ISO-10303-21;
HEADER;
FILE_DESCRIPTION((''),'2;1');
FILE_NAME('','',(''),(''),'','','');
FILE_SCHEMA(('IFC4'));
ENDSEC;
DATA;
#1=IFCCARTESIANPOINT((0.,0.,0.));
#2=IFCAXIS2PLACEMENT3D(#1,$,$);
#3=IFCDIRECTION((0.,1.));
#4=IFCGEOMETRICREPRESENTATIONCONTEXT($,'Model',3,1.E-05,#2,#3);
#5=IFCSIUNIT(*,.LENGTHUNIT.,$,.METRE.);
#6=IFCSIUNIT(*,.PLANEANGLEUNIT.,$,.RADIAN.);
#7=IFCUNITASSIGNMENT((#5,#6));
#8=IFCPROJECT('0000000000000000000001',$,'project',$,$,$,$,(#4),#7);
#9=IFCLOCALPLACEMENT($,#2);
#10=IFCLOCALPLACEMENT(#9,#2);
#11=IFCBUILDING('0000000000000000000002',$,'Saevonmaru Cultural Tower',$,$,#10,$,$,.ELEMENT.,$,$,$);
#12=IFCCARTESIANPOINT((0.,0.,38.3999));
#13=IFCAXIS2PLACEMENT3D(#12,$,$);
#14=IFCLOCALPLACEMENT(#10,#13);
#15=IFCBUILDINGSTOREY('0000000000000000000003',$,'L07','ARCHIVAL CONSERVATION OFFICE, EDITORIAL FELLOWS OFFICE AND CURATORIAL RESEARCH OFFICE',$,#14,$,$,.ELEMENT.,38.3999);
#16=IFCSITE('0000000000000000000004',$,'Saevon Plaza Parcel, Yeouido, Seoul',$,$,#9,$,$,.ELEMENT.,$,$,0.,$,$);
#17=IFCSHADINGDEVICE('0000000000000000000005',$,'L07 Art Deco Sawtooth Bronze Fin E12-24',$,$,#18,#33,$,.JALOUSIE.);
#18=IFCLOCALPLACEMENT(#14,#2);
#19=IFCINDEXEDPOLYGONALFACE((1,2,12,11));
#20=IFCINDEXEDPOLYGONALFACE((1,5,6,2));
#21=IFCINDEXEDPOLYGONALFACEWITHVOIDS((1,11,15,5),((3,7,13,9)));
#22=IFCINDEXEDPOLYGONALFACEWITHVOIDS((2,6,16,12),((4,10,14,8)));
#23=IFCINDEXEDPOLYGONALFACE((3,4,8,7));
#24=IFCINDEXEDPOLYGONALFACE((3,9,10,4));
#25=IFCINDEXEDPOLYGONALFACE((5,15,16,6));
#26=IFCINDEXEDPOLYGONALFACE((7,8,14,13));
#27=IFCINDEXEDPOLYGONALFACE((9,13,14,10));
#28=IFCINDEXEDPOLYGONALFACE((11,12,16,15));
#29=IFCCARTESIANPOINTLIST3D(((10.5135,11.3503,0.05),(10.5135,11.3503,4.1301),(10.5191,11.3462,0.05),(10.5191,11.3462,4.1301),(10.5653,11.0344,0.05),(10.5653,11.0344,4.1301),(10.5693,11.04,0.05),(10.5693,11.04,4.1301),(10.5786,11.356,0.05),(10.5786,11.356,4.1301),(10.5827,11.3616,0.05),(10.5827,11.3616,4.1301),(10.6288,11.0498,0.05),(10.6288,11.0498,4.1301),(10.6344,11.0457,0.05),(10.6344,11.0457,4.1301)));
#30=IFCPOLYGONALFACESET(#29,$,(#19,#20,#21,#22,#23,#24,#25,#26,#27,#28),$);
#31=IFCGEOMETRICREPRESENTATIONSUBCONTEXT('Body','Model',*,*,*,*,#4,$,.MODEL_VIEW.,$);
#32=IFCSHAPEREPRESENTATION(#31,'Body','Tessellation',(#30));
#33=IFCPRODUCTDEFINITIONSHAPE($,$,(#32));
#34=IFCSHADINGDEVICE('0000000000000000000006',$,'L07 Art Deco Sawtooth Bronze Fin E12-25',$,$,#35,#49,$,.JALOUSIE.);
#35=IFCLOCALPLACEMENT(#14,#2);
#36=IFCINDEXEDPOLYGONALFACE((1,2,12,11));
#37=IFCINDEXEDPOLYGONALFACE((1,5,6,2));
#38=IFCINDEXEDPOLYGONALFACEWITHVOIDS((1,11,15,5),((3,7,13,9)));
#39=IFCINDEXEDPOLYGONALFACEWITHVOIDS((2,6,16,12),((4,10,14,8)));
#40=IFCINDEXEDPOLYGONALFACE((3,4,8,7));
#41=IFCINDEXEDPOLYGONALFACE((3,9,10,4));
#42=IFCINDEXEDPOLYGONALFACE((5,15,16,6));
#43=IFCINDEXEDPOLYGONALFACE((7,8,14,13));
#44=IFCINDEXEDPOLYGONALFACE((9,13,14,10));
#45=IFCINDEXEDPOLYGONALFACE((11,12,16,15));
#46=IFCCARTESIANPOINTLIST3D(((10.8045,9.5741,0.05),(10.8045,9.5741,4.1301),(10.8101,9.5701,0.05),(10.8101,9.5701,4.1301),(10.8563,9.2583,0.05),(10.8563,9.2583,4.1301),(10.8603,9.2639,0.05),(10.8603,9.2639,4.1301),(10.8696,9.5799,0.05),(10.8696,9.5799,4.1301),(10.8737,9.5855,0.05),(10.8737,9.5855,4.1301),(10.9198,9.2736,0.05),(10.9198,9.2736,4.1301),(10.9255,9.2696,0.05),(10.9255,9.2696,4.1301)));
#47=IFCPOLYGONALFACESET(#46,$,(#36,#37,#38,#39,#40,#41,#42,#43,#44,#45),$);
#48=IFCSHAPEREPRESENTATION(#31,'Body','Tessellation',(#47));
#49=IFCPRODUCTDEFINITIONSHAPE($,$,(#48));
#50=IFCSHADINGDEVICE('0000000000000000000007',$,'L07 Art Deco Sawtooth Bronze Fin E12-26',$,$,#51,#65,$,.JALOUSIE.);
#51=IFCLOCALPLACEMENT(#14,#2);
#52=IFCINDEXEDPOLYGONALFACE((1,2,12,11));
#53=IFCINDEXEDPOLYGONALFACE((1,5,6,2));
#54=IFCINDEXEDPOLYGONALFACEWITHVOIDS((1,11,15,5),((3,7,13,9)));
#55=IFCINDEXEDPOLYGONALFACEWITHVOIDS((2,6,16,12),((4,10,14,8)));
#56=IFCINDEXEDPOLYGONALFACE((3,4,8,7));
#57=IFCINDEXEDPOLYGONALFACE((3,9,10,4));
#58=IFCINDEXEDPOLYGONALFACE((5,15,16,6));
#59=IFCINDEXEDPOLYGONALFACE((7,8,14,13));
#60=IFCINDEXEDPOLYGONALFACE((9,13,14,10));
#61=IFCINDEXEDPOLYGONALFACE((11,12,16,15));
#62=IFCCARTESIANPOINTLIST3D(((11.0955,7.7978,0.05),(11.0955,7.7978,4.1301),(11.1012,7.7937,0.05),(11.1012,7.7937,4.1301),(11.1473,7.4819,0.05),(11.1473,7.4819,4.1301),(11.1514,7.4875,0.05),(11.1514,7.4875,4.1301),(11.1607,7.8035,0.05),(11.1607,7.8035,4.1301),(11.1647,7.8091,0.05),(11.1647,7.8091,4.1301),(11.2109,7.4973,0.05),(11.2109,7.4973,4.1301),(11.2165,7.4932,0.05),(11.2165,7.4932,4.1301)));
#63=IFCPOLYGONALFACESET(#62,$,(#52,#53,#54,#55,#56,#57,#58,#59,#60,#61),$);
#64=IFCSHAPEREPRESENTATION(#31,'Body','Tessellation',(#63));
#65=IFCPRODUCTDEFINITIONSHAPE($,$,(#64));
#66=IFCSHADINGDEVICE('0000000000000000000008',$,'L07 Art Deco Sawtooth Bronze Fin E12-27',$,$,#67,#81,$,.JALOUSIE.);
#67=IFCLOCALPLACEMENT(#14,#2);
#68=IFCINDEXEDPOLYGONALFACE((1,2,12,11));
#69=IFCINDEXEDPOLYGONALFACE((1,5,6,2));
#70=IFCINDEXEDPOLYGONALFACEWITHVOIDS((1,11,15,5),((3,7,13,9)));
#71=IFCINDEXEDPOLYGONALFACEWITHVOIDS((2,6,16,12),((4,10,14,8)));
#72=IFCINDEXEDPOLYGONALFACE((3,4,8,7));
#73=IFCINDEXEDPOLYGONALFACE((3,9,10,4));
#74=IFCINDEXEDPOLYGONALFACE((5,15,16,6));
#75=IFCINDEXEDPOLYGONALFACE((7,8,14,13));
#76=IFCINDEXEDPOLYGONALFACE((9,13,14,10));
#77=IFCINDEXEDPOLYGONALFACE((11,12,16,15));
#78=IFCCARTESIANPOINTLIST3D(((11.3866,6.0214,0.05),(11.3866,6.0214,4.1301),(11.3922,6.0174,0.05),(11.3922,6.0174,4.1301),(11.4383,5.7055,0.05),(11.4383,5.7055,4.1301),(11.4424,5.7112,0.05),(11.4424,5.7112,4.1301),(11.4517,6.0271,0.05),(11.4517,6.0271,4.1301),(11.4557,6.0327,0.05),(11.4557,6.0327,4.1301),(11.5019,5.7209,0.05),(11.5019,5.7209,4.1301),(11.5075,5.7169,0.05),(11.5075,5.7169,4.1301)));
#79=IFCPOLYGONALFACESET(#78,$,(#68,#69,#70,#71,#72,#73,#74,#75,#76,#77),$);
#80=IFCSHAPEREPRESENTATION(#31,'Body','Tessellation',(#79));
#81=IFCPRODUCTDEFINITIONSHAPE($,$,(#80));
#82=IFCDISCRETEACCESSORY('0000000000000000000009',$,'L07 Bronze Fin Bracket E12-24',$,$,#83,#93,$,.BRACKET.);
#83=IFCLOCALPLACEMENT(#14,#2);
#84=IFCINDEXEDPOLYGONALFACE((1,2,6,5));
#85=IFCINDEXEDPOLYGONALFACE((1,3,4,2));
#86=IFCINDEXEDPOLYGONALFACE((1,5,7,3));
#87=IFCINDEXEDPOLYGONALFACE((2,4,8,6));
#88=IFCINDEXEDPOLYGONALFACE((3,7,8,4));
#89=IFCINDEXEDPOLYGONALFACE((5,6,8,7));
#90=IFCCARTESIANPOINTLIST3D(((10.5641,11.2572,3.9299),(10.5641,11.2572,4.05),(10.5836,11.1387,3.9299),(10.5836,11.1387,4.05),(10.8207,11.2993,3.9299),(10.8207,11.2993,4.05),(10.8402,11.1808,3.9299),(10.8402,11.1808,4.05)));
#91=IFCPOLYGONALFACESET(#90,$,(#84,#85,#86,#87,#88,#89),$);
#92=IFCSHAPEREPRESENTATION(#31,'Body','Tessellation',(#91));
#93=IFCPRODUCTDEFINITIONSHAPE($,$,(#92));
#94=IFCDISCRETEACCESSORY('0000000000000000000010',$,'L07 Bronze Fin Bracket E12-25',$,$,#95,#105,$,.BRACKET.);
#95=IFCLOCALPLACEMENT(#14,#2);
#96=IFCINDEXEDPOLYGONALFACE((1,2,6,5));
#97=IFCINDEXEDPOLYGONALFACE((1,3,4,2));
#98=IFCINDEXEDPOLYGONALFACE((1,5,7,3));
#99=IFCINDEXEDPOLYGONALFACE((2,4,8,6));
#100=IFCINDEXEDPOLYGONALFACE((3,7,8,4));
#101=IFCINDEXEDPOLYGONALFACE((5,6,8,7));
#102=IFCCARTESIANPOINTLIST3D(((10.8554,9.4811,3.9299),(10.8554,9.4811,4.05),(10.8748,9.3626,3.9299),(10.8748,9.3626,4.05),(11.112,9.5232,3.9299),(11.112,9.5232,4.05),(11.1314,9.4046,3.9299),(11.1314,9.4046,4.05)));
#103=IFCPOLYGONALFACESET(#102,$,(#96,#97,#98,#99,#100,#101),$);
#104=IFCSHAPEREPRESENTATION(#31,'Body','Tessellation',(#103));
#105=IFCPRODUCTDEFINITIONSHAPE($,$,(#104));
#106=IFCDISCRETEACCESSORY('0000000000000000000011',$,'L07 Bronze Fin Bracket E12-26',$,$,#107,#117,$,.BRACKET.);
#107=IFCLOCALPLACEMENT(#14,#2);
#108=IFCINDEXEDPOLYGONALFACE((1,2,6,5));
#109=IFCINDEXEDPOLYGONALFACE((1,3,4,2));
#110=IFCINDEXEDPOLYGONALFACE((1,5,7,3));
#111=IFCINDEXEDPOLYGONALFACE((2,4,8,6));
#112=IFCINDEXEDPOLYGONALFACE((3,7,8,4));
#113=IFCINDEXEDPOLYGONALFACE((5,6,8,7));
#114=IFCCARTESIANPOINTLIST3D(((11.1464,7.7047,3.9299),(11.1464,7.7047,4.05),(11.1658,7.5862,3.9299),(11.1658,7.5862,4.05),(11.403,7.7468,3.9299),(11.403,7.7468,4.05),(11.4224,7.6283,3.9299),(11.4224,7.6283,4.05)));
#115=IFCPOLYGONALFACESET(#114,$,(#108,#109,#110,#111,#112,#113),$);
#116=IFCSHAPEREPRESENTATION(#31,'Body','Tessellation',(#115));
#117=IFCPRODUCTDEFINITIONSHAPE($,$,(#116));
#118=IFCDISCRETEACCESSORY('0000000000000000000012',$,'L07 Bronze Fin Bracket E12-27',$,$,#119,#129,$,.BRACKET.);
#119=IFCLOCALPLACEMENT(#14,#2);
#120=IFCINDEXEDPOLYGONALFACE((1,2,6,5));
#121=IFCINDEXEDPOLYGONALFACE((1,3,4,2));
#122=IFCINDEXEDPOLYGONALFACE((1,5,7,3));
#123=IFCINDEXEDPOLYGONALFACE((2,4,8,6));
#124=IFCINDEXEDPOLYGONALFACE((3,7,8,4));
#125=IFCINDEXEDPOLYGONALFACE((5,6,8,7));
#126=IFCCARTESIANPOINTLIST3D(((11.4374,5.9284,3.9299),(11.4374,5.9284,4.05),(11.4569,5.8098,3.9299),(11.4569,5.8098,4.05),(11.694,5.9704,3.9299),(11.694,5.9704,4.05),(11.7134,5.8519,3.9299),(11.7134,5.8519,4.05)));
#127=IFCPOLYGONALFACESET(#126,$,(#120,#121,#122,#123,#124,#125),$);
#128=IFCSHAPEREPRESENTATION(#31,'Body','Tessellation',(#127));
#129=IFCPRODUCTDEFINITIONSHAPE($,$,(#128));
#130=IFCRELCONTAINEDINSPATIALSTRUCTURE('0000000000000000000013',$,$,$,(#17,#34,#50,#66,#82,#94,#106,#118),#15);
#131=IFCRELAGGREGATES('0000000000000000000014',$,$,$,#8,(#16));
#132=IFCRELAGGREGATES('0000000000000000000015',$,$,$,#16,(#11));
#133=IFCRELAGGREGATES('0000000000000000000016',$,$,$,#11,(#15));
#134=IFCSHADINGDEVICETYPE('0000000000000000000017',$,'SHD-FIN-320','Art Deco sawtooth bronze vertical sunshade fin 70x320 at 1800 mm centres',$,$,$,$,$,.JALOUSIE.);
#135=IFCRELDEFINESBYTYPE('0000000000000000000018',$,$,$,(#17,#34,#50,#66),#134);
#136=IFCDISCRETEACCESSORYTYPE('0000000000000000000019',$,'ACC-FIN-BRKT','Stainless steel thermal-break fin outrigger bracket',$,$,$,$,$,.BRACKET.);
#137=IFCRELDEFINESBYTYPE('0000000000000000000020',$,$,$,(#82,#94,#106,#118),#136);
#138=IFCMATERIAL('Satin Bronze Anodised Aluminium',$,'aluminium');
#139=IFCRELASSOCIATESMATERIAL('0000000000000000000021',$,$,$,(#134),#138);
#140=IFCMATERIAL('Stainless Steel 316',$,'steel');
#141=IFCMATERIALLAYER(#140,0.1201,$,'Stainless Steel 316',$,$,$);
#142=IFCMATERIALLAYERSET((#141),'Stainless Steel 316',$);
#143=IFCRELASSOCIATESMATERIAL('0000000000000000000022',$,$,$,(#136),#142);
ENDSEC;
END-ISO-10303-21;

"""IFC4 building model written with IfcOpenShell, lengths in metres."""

from ifc_helpers import new_model, si_unit, direction, frame, origin, origin_2d, place, context, subcontext, project, spatial, rectangle, hollow_rectangle, extrude, material, layer, layer_set, material_profile, profile_set, type_object, element, save


model = new_model("IFC4")

# Units and contexts
model_context = context("Model", 3, precision=1e-05, world=origin(), true_north=direction((0.0, 1.0)))
body_context = subcontext(model_context, "Body", "Model", "MODEL_VIEW")
ifc_project = project(units=[si_unit("LENGTHUNIT", "METRE"), si_unit("PLANEANGLEUNIT", "RADIAN")], contexts=[model_context])

# Site, building, storey
site_placement = place(None, origin())
site = spatial("IfcSite", under=ifc_project, at=site_placement, Name="Saevon Plaza Parcel, Yeouido, Seoul", CompositionType="ELEMENT", RefElevation=0.0)
building_placement = place(site_placement, origin())
building = spatial("IfcBuilding", under=site, at=building_placement, Name="Saevonmaru Cultural Tower", CompositionType="ELEMENT")
storey_placement = place(building_placement, frame((0.0, 0.0, 38.3999)))
storey = spatial("IfcBuildingStorey", under=building, at=storey_placement, Name="L07", Description="ARCHIVAL CONSERVATION OFFICE, EDITORIAL FELLOWS OFFICE AND CURATORIAL RESEARCH OFFICE", CompositionType="ELEMENT", Elevation=38.3999)

# Shared definitions
ifc_material_1 = material(Name="Satin Bronze Anodised Aluminium", Category="aluminium")

# Shading devices
ifc_material_profile_1 = material_profile(ifc_material_1, hollow_rectangle(XDim=0.0701, YDim=0.3201, WallThickness=0.0049, at=origin_2d()), Name="FIN-320x70")
ifc_profile_set_1 = profile_set([ifc_material_profile_1], Name="Satin Bronze Anodised Aluminium")
shading_device_type = type_object("IfcShadingDeviceType", Name="SHD-FIN-320", Description="Art Deco sawtooth bronze vertical sunshade fin 70x320 at 1800 mm centres", PredefinedType="JALOUSIE", material=ifc_profile_set_1)
for number, where, z_axis, x_axis, name in (
    (1, (10.574, 11.198, 0.05), (0.0, 0.0, 1.0), (-0.986827, -0.161776, 0.0), "L07 Art Deco Sawtooth Bronze Fin E12-24"),
    (2, (10.865, 9.4219, 0.05), (0.0, 0.0, 1.0), (-0.986827, -0.161776, 0.0), "L07 Art Deco Sawtooth Bronze Fin E12-25"),
    (3, (11.156, 7.6455, 0.05), (0.0, 0.0, 1.0), (-0.986827, -0.161776, 0.0), "L07 Art Deco Sawtooth Bronze Fin E12-26"),
    (4, (11.447, 5.8691, 0.05), (0.0, 0.0, 1.0), (-0.986827, -0.161776, 0.0), "L07 Art Deco Sawtooth Bronze Fin E12-27"),
):
    element("IfcShadingDevice", number, at=place(storey_placement, frame(where, z_axis=z_axis, x_axis=x_axis)), inside=storey, type_object=shading_device_type, Name=name, PredefinedType="JALOUSIE", context=body_context, shape_type="SweptSolid", body=[
        extrude(hollow_rectangle(XDim=0.0701, YDim=0.3201, WallThickness=0.0049, at=origin_2d()), origin(), (0.0, 0.0, 1.0), 4.0801),
    ])

# Discrete accessories
ifc_material_2 = material(Name="Stainless Steel 316", Category="steel")
ifc_layer_1 = layer(ifc_material_2, 0.1201, Name="Stainless Steel 316")
ifc_layer_set_1 = layer_set([ifc_layer_1], Name="Stainless Steel 316")
discrete_accessory_type = type_object("IfcDiscreteAccessoryType", Name="ACC-FIN-BRKT", Description="Stainless steel thermal-break fin outrigger bracket", PredefinedType="BRACKET", material=ifc_layer_set_1)
for number, where, z_axis, x_axis, name in (
    (5, (10.7021, 11.219, 3.9299), (0.0, 0.0, 1.0), (-0.986827, -0.161776, 0.0), "L07 Bronze Fin Bracket E12-24"),
    (6, (10.9934, 9.4429, 3.9299), (0.0, 0.0, 1.0), (-0.986827, -0.161776, 0.0), "L07 Bronze Fin Bracket E12-25"),
    (7, (11.2844, 7.6665, 3.9299), (0.0, 0.0, 1.0), (-0.986827, -0.161776, 0.0), "L07 Bronze Fin Bracket E12-26"),
    (8, (11.5754, 5.8901, 3.9299), (0.0, 0.0, 1.0), (-0.986827, -0.161776, 0.0), "L07 Bronze Fin Bracket E12-27"),
):
    element("IfcDiscreteAccessory", number, at=place(storey_placement, frame(where, z_axis=z_axis, x_axis=x_axis)), inside=storey, type_object=discrete_accessory_type, Name=name, PredefinedType="BRACKET", context=body_context, shape_type="SweptSolid", body=[
        extrude(rectangle(XDim=0.26, YDim=0.1201, at=origin_2d()), origin(), (0.0, 0.0, 1.0), 0.1201),
    ])

save(model, "model.ifc")
